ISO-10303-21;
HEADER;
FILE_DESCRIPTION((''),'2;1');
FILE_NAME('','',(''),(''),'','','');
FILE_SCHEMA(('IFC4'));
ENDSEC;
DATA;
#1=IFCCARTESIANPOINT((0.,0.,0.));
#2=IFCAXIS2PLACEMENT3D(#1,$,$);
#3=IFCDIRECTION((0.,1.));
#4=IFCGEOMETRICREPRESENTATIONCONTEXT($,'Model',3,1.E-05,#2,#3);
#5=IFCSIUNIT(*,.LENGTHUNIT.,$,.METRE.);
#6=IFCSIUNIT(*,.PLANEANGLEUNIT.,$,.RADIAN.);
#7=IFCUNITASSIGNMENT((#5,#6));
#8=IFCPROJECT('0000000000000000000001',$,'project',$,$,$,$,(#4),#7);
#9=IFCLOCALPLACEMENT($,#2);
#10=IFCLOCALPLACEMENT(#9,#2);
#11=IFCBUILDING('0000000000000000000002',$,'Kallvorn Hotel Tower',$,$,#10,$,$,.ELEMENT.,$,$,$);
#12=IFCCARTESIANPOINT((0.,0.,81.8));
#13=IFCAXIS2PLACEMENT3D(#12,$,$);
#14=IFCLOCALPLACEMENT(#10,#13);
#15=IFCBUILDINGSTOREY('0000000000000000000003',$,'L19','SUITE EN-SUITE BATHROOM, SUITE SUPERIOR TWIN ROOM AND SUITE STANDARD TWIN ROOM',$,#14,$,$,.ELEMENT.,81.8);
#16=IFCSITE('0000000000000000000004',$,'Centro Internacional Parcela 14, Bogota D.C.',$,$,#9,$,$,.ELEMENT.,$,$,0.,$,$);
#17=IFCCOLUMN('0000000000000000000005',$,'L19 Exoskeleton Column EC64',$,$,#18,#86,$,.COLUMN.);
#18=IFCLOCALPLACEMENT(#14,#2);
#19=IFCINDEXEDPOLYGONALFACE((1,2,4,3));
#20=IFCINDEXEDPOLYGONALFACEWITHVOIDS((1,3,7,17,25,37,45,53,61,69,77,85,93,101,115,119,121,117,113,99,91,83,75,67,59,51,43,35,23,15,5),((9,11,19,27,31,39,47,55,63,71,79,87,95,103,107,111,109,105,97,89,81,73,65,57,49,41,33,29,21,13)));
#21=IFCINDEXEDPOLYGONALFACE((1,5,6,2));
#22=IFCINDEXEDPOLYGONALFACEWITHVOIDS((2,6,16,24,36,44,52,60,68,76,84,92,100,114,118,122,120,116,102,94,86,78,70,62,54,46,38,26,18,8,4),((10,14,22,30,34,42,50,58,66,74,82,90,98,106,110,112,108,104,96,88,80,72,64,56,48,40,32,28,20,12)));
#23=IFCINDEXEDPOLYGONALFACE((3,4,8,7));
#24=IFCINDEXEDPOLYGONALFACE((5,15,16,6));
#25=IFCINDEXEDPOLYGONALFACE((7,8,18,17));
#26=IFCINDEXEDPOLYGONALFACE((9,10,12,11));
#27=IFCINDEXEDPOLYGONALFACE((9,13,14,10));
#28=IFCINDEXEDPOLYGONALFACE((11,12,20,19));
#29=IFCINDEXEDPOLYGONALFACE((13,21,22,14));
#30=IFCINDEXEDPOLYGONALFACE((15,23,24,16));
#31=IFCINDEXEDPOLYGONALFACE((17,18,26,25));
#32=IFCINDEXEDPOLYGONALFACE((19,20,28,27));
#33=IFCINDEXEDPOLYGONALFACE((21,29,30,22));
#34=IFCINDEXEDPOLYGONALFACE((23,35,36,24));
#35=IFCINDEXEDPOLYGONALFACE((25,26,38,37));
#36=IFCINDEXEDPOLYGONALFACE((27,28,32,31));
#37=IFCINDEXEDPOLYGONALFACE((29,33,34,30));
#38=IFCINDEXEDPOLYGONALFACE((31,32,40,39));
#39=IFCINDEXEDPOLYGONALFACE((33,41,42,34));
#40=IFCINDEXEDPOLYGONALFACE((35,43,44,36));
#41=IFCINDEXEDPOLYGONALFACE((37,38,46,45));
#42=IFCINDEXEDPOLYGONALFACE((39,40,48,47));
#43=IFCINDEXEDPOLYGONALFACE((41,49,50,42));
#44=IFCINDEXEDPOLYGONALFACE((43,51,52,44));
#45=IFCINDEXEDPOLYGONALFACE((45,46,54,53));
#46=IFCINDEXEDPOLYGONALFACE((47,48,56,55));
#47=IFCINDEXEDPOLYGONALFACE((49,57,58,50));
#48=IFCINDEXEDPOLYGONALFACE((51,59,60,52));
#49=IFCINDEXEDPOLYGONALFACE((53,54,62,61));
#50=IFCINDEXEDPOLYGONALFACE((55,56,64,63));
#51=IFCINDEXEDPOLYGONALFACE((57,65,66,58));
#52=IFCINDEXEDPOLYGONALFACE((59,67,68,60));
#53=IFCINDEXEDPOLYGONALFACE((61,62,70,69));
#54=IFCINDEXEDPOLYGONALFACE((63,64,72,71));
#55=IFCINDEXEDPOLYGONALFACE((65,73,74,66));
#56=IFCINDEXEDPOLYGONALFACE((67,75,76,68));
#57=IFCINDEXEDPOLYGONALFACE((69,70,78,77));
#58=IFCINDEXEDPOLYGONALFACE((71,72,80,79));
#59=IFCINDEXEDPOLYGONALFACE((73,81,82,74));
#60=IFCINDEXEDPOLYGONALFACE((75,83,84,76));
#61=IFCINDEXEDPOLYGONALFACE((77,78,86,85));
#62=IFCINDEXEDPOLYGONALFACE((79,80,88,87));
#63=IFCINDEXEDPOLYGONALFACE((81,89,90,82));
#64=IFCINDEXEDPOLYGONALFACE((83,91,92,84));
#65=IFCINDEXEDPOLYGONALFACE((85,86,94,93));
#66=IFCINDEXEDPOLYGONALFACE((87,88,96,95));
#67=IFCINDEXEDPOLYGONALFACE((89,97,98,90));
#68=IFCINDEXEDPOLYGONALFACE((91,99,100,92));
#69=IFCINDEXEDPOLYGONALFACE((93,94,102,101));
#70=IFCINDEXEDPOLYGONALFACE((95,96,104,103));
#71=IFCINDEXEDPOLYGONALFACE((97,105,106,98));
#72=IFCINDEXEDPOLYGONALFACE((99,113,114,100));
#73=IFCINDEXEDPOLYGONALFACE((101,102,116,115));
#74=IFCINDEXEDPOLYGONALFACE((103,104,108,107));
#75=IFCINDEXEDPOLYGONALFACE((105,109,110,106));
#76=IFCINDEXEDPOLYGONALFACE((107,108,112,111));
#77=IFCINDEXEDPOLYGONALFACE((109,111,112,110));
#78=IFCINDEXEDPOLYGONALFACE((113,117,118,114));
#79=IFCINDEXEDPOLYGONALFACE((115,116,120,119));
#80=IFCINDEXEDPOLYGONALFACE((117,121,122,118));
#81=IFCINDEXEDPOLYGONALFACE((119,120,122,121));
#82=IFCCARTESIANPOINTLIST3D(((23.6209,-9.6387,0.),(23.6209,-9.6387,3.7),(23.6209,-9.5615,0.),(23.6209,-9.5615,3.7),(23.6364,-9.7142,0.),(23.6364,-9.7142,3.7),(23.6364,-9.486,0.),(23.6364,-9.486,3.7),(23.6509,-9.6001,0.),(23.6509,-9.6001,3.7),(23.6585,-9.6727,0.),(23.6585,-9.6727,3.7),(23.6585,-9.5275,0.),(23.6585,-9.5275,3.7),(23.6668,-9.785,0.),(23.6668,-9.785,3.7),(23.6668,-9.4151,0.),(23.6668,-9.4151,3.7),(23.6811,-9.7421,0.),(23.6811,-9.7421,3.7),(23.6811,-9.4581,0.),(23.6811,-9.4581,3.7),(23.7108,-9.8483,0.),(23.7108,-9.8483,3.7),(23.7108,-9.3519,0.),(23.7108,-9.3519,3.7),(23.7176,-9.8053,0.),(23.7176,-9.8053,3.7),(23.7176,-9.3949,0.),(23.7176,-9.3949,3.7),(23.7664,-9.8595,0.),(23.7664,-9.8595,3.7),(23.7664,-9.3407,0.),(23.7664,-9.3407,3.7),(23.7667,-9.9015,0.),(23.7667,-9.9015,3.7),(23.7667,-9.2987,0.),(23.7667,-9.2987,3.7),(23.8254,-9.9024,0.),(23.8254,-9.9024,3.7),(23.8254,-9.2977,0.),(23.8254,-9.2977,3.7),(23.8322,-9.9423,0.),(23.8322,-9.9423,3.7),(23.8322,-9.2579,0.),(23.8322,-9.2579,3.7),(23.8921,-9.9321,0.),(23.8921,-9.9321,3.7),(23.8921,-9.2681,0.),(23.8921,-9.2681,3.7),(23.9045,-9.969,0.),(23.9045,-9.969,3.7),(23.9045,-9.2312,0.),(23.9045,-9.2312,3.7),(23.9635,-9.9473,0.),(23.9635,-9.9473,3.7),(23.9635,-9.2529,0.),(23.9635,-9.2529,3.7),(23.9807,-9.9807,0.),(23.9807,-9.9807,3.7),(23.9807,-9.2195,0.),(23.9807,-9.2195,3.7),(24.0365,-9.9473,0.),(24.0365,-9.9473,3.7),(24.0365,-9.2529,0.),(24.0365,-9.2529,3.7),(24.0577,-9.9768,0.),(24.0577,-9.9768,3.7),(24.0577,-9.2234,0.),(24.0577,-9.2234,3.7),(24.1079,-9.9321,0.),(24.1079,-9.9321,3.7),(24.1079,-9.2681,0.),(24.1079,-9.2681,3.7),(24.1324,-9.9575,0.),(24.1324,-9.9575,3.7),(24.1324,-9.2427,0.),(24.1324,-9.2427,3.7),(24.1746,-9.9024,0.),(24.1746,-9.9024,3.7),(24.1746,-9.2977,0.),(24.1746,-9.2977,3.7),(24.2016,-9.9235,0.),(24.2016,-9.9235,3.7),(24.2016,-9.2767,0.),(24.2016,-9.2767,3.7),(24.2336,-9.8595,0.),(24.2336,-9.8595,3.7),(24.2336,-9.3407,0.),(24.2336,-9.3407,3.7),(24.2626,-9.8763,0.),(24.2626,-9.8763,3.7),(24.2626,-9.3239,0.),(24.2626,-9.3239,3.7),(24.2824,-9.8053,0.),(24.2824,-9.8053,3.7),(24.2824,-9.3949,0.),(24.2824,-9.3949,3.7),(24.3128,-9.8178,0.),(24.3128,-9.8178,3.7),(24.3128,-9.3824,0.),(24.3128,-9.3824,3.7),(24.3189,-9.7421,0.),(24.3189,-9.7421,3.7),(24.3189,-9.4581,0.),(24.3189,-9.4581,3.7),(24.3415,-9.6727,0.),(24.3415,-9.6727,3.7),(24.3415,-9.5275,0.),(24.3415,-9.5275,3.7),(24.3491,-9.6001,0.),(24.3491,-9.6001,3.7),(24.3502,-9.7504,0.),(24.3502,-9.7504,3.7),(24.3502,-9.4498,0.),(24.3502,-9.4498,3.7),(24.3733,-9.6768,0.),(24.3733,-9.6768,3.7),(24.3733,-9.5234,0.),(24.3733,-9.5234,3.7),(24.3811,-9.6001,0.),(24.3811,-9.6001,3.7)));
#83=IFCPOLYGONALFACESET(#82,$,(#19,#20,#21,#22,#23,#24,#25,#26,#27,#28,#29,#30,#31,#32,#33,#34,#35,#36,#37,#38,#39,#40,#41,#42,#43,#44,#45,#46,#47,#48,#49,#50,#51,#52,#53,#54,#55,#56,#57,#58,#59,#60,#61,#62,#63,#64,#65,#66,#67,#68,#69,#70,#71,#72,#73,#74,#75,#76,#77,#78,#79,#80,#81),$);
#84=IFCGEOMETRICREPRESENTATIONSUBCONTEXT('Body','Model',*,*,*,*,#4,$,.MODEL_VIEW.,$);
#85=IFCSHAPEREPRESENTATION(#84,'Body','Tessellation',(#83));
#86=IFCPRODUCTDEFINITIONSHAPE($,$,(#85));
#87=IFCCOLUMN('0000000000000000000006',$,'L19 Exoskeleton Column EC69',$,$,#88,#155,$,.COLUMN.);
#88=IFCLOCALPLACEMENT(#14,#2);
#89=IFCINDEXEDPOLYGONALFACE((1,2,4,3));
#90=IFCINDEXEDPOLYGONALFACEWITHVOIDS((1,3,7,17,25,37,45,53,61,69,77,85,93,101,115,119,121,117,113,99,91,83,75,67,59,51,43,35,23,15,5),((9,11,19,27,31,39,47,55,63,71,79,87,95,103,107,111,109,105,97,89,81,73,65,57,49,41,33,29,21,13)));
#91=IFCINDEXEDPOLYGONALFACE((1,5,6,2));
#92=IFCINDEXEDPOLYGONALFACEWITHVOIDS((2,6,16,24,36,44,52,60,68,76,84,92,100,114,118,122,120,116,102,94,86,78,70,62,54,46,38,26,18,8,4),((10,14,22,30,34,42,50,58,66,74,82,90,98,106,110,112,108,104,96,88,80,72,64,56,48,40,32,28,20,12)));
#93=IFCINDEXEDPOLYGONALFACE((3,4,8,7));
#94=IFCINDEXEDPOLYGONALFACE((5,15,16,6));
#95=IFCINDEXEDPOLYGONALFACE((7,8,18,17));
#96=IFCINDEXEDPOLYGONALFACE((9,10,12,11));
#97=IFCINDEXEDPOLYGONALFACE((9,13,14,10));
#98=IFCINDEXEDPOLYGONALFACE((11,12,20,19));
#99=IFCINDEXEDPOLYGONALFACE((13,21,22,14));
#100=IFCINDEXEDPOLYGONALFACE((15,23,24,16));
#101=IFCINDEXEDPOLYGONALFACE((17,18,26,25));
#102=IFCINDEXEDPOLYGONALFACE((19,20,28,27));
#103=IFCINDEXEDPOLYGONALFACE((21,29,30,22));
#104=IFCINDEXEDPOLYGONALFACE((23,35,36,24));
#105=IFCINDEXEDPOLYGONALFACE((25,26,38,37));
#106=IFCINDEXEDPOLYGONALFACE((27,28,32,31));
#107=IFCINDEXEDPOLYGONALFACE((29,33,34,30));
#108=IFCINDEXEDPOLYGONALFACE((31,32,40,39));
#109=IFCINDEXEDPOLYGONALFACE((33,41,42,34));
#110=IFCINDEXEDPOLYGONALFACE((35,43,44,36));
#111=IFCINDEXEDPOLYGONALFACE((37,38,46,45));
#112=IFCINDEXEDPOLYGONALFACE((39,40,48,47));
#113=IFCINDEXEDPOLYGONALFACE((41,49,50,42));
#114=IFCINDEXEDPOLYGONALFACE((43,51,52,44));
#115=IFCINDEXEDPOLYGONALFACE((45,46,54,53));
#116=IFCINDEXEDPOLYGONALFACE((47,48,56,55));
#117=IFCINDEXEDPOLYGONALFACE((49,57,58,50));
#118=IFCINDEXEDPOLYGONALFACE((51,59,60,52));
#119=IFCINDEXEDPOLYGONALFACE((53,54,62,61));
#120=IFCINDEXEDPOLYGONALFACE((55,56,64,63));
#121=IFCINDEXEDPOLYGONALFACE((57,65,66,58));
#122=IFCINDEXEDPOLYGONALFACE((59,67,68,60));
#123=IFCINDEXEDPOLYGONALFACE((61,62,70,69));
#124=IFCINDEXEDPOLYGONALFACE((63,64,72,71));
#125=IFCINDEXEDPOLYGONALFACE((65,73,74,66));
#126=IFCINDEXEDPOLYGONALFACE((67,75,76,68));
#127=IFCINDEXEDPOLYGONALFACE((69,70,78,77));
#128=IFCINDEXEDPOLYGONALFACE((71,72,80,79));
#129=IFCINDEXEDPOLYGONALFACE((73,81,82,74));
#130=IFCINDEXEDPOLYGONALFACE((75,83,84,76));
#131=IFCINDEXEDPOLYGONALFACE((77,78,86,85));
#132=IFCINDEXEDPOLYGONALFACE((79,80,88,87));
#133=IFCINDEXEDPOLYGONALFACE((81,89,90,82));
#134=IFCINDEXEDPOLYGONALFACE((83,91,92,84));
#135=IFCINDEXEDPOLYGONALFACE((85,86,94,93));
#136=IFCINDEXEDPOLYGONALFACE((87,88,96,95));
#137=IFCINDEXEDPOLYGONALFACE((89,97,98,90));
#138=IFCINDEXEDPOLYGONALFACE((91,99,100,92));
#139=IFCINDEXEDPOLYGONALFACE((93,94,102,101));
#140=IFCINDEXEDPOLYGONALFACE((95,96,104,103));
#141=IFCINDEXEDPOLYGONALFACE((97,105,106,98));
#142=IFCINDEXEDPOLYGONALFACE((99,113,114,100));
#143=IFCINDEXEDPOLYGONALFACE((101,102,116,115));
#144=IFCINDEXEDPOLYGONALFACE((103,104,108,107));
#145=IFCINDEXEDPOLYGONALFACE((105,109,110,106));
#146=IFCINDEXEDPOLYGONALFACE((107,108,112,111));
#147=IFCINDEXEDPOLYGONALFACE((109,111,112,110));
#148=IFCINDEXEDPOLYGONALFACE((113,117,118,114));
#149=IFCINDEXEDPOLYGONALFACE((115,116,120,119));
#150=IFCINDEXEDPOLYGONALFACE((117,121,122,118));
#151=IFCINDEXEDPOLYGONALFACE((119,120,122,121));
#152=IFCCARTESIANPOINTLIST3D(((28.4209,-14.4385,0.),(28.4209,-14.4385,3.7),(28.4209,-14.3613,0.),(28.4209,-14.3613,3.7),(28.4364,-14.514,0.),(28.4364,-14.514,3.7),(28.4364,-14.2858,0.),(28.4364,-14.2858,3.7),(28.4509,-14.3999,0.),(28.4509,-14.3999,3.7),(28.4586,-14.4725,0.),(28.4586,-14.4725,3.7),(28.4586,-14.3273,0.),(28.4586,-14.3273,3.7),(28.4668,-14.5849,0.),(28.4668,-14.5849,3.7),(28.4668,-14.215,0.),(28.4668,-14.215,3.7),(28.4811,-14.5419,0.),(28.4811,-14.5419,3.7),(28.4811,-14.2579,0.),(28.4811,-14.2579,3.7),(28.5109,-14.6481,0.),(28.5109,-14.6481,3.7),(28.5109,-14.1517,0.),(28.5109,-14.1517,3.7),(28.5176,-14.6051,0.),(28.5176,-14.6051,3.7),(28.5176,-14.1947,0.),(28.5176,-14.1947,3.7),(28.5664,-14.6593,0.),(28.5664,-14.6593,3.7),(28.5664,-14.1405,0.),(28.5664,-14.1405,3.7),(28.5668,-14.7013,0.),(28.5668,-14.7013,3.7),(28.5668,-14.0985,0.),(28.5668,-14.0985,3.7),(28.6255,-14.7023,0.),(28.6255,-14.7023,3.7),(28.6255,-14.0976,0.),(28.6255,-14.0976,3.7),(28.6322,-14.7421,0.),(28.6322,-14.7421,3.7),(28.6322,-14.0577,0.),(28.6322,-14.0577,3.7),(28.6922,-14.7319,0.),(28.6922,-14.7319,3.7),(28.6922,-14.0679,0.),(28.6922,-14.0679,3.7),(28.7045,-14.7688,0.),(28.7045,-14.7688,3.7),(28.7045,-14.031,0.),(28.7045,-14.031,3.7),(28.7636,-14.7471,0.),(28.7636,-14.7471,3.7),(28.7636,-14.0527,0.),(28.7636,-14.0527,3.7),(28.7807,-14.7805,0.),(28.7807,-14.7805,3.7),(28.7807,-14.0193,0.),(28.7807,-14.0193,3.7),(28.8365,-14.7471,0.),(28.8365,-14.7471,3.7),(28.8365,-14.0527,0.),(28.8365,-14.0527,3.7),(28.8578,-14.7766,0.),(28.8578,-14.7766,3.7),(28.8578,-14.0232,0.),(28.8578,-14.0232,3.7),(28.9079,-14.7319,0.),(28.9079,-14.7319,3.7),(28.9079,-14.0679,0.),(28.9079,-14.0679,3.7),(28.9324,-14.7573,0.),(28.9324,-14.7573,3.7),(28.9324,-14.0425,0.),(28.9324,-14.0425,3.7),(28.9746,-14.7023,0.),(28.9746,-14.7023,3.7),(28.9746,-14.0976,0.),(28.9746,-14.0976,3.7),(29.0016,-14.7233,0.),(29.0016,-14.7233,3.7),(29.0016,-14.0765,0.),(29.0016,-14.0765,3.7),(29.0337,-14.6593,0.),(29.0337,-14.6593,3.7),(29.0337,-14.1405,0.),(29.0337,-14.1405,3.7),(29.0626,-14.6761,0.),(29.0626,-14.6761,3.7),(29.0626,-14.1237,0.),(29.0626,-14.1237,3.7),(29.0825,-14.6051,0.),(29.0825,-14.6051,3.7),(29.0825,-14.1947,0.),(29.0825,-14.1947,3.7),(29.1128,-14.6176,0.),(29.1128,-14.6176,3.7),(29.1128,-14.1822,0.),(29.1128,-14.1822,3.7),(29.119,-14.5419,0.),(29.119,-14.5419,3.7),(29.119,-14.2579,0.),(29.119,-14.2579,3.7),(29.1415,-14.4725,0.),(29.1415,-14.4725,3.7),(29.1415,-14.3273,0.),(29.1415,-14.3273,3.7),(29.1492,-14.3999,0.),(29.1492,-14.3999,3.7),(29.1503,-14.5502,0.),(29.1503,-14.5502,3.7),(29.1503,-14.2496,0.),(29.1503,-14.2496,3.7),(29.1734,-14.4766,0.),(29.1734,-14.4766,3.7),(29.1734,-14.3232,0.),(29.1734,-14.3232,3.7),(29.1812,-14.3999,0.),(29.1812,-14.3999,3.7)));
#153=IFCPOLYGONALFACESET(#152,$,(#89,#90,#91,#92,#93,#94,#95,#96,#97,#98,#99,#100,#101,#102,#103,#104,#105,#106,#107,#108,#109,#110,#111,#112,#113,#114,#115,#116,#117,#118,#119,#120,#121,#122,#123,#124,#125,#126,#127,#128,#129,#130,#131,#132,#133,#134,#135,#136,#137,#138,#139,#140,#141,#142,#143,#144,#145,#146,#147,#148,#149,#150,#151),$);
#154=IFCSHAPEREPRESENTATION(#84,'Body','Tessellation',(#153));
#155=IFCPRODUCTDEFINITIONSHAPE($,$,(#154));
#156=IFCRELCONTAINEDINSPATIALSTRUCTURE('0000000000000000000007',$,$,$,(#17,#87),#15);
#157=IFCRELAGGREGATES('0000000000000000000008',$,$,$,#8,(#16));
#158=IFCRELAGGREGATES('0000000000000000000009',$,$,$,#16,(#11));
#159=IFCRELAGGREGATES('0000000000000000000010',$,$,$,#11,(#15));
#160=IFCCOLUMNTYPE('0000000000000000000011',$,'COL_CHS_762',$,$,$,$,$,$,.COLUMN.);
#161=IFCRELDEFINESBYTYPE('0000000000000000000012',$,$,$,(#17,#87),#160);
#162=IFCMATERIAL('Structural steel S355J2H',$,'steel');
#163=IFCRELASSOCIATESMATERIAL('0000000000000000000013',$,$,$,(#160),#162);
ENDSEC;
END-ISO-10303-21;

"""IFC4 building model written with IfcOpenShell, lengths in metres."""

from ifc_helpers import new_model, si_unit, direction, frame, origin, origin_2d, place, context, subcontext, project, spatial, hollow_circle, extrude, material, material_profile, profile_set, type_object, element, save


model = new_model("IFC4")

# Units and contexts
model_context = context("Model", 3, precision=1e-05, world=origin(), true_north=direction((0.0, 1.0)))
body_context = subcontext(model_context, "Body", "Model", "MODEL_VIEW")
ifc_project = project(units=[si_unit("LENGTHUNIT", "METRE"), si_unit("PLANEANGLEUNIT", "RADIAN")], contexts=[model_context])

# Site, building, storey
site_placement = place(None, origin())
site = spatial("IfcSite", under=ifc_project, at=site_placement, Name="Centro Internacional Parcela 14, Bogota D.C.", CompositionType="ELEMENT", RefElevation=0.0)
building_placement = place(site_placement, origin())
building = spatial("IfcBuilding", under=site, at=building_placement, Name="Kallvorn Hotel Tower", CompositionType="ELEMENT")
storey_placement = place(building_placement, frame((0.0, 0.0, 81.8)))
storey = spatial("IfcBuildingStorey", under=building, at=storey_placement, Name="L19", Description="SUITE EN-SUITE BATHROOM, SUITE SUPERIOR TWIN ROOM AND SUITE STANDARD TWIN ROOM", CompositionType="ELEMENT", Elevation=81.8)

# Columns
ifc_material_1 = material(Name="Structural steel S355J2H", Category="steel")
ifc_material_profile_1 = material_profile(ifc_material_1, hollow_circle(Radius=0.3811, WallThickness=0.032, at=origin_2d()), Name="CHS 762x32")
ifc_profile_set_1 = profile_set([ifc_material_profile_1], Name="Structural steel S355J2H")
column_type_1 = type_object("IfcColumnType", Name="COL_CHS_762", PredefinedType="COLUMN", material=ifc_profile_set_1)
for number, where, z_axis, x_axis, name in (
    (1, (24.0, -9.6001, 0.0), (0.0, 0.0, 1.0), (1.0, 0.0, 0.0), "L19 Exoskeleton Column EC64"),
    (2, (28.8, -14.3999, 0.0), (0.0, 0.0, 1.0), (1.0, 0.0, 0.0), "L19 Exoskeleton Column EC69"),
):
    element("IfcColumn", number, at=place(storey_placement, frame(where, z_axis=z_axis, x_axis=x_axis)), inside=storey, type_object=column_type_1, Name=name, PredefinedType="COLUMN", context=body_context, shape_type="SweptSolid", body=[
        extrude(hollow_circle(Radius=0.3811, WallThickness=0.032, at=origin_2d()), origin(), (0.0, 0.0, 1.0), 3.7),
    ])

save(model, "model.ifc")
